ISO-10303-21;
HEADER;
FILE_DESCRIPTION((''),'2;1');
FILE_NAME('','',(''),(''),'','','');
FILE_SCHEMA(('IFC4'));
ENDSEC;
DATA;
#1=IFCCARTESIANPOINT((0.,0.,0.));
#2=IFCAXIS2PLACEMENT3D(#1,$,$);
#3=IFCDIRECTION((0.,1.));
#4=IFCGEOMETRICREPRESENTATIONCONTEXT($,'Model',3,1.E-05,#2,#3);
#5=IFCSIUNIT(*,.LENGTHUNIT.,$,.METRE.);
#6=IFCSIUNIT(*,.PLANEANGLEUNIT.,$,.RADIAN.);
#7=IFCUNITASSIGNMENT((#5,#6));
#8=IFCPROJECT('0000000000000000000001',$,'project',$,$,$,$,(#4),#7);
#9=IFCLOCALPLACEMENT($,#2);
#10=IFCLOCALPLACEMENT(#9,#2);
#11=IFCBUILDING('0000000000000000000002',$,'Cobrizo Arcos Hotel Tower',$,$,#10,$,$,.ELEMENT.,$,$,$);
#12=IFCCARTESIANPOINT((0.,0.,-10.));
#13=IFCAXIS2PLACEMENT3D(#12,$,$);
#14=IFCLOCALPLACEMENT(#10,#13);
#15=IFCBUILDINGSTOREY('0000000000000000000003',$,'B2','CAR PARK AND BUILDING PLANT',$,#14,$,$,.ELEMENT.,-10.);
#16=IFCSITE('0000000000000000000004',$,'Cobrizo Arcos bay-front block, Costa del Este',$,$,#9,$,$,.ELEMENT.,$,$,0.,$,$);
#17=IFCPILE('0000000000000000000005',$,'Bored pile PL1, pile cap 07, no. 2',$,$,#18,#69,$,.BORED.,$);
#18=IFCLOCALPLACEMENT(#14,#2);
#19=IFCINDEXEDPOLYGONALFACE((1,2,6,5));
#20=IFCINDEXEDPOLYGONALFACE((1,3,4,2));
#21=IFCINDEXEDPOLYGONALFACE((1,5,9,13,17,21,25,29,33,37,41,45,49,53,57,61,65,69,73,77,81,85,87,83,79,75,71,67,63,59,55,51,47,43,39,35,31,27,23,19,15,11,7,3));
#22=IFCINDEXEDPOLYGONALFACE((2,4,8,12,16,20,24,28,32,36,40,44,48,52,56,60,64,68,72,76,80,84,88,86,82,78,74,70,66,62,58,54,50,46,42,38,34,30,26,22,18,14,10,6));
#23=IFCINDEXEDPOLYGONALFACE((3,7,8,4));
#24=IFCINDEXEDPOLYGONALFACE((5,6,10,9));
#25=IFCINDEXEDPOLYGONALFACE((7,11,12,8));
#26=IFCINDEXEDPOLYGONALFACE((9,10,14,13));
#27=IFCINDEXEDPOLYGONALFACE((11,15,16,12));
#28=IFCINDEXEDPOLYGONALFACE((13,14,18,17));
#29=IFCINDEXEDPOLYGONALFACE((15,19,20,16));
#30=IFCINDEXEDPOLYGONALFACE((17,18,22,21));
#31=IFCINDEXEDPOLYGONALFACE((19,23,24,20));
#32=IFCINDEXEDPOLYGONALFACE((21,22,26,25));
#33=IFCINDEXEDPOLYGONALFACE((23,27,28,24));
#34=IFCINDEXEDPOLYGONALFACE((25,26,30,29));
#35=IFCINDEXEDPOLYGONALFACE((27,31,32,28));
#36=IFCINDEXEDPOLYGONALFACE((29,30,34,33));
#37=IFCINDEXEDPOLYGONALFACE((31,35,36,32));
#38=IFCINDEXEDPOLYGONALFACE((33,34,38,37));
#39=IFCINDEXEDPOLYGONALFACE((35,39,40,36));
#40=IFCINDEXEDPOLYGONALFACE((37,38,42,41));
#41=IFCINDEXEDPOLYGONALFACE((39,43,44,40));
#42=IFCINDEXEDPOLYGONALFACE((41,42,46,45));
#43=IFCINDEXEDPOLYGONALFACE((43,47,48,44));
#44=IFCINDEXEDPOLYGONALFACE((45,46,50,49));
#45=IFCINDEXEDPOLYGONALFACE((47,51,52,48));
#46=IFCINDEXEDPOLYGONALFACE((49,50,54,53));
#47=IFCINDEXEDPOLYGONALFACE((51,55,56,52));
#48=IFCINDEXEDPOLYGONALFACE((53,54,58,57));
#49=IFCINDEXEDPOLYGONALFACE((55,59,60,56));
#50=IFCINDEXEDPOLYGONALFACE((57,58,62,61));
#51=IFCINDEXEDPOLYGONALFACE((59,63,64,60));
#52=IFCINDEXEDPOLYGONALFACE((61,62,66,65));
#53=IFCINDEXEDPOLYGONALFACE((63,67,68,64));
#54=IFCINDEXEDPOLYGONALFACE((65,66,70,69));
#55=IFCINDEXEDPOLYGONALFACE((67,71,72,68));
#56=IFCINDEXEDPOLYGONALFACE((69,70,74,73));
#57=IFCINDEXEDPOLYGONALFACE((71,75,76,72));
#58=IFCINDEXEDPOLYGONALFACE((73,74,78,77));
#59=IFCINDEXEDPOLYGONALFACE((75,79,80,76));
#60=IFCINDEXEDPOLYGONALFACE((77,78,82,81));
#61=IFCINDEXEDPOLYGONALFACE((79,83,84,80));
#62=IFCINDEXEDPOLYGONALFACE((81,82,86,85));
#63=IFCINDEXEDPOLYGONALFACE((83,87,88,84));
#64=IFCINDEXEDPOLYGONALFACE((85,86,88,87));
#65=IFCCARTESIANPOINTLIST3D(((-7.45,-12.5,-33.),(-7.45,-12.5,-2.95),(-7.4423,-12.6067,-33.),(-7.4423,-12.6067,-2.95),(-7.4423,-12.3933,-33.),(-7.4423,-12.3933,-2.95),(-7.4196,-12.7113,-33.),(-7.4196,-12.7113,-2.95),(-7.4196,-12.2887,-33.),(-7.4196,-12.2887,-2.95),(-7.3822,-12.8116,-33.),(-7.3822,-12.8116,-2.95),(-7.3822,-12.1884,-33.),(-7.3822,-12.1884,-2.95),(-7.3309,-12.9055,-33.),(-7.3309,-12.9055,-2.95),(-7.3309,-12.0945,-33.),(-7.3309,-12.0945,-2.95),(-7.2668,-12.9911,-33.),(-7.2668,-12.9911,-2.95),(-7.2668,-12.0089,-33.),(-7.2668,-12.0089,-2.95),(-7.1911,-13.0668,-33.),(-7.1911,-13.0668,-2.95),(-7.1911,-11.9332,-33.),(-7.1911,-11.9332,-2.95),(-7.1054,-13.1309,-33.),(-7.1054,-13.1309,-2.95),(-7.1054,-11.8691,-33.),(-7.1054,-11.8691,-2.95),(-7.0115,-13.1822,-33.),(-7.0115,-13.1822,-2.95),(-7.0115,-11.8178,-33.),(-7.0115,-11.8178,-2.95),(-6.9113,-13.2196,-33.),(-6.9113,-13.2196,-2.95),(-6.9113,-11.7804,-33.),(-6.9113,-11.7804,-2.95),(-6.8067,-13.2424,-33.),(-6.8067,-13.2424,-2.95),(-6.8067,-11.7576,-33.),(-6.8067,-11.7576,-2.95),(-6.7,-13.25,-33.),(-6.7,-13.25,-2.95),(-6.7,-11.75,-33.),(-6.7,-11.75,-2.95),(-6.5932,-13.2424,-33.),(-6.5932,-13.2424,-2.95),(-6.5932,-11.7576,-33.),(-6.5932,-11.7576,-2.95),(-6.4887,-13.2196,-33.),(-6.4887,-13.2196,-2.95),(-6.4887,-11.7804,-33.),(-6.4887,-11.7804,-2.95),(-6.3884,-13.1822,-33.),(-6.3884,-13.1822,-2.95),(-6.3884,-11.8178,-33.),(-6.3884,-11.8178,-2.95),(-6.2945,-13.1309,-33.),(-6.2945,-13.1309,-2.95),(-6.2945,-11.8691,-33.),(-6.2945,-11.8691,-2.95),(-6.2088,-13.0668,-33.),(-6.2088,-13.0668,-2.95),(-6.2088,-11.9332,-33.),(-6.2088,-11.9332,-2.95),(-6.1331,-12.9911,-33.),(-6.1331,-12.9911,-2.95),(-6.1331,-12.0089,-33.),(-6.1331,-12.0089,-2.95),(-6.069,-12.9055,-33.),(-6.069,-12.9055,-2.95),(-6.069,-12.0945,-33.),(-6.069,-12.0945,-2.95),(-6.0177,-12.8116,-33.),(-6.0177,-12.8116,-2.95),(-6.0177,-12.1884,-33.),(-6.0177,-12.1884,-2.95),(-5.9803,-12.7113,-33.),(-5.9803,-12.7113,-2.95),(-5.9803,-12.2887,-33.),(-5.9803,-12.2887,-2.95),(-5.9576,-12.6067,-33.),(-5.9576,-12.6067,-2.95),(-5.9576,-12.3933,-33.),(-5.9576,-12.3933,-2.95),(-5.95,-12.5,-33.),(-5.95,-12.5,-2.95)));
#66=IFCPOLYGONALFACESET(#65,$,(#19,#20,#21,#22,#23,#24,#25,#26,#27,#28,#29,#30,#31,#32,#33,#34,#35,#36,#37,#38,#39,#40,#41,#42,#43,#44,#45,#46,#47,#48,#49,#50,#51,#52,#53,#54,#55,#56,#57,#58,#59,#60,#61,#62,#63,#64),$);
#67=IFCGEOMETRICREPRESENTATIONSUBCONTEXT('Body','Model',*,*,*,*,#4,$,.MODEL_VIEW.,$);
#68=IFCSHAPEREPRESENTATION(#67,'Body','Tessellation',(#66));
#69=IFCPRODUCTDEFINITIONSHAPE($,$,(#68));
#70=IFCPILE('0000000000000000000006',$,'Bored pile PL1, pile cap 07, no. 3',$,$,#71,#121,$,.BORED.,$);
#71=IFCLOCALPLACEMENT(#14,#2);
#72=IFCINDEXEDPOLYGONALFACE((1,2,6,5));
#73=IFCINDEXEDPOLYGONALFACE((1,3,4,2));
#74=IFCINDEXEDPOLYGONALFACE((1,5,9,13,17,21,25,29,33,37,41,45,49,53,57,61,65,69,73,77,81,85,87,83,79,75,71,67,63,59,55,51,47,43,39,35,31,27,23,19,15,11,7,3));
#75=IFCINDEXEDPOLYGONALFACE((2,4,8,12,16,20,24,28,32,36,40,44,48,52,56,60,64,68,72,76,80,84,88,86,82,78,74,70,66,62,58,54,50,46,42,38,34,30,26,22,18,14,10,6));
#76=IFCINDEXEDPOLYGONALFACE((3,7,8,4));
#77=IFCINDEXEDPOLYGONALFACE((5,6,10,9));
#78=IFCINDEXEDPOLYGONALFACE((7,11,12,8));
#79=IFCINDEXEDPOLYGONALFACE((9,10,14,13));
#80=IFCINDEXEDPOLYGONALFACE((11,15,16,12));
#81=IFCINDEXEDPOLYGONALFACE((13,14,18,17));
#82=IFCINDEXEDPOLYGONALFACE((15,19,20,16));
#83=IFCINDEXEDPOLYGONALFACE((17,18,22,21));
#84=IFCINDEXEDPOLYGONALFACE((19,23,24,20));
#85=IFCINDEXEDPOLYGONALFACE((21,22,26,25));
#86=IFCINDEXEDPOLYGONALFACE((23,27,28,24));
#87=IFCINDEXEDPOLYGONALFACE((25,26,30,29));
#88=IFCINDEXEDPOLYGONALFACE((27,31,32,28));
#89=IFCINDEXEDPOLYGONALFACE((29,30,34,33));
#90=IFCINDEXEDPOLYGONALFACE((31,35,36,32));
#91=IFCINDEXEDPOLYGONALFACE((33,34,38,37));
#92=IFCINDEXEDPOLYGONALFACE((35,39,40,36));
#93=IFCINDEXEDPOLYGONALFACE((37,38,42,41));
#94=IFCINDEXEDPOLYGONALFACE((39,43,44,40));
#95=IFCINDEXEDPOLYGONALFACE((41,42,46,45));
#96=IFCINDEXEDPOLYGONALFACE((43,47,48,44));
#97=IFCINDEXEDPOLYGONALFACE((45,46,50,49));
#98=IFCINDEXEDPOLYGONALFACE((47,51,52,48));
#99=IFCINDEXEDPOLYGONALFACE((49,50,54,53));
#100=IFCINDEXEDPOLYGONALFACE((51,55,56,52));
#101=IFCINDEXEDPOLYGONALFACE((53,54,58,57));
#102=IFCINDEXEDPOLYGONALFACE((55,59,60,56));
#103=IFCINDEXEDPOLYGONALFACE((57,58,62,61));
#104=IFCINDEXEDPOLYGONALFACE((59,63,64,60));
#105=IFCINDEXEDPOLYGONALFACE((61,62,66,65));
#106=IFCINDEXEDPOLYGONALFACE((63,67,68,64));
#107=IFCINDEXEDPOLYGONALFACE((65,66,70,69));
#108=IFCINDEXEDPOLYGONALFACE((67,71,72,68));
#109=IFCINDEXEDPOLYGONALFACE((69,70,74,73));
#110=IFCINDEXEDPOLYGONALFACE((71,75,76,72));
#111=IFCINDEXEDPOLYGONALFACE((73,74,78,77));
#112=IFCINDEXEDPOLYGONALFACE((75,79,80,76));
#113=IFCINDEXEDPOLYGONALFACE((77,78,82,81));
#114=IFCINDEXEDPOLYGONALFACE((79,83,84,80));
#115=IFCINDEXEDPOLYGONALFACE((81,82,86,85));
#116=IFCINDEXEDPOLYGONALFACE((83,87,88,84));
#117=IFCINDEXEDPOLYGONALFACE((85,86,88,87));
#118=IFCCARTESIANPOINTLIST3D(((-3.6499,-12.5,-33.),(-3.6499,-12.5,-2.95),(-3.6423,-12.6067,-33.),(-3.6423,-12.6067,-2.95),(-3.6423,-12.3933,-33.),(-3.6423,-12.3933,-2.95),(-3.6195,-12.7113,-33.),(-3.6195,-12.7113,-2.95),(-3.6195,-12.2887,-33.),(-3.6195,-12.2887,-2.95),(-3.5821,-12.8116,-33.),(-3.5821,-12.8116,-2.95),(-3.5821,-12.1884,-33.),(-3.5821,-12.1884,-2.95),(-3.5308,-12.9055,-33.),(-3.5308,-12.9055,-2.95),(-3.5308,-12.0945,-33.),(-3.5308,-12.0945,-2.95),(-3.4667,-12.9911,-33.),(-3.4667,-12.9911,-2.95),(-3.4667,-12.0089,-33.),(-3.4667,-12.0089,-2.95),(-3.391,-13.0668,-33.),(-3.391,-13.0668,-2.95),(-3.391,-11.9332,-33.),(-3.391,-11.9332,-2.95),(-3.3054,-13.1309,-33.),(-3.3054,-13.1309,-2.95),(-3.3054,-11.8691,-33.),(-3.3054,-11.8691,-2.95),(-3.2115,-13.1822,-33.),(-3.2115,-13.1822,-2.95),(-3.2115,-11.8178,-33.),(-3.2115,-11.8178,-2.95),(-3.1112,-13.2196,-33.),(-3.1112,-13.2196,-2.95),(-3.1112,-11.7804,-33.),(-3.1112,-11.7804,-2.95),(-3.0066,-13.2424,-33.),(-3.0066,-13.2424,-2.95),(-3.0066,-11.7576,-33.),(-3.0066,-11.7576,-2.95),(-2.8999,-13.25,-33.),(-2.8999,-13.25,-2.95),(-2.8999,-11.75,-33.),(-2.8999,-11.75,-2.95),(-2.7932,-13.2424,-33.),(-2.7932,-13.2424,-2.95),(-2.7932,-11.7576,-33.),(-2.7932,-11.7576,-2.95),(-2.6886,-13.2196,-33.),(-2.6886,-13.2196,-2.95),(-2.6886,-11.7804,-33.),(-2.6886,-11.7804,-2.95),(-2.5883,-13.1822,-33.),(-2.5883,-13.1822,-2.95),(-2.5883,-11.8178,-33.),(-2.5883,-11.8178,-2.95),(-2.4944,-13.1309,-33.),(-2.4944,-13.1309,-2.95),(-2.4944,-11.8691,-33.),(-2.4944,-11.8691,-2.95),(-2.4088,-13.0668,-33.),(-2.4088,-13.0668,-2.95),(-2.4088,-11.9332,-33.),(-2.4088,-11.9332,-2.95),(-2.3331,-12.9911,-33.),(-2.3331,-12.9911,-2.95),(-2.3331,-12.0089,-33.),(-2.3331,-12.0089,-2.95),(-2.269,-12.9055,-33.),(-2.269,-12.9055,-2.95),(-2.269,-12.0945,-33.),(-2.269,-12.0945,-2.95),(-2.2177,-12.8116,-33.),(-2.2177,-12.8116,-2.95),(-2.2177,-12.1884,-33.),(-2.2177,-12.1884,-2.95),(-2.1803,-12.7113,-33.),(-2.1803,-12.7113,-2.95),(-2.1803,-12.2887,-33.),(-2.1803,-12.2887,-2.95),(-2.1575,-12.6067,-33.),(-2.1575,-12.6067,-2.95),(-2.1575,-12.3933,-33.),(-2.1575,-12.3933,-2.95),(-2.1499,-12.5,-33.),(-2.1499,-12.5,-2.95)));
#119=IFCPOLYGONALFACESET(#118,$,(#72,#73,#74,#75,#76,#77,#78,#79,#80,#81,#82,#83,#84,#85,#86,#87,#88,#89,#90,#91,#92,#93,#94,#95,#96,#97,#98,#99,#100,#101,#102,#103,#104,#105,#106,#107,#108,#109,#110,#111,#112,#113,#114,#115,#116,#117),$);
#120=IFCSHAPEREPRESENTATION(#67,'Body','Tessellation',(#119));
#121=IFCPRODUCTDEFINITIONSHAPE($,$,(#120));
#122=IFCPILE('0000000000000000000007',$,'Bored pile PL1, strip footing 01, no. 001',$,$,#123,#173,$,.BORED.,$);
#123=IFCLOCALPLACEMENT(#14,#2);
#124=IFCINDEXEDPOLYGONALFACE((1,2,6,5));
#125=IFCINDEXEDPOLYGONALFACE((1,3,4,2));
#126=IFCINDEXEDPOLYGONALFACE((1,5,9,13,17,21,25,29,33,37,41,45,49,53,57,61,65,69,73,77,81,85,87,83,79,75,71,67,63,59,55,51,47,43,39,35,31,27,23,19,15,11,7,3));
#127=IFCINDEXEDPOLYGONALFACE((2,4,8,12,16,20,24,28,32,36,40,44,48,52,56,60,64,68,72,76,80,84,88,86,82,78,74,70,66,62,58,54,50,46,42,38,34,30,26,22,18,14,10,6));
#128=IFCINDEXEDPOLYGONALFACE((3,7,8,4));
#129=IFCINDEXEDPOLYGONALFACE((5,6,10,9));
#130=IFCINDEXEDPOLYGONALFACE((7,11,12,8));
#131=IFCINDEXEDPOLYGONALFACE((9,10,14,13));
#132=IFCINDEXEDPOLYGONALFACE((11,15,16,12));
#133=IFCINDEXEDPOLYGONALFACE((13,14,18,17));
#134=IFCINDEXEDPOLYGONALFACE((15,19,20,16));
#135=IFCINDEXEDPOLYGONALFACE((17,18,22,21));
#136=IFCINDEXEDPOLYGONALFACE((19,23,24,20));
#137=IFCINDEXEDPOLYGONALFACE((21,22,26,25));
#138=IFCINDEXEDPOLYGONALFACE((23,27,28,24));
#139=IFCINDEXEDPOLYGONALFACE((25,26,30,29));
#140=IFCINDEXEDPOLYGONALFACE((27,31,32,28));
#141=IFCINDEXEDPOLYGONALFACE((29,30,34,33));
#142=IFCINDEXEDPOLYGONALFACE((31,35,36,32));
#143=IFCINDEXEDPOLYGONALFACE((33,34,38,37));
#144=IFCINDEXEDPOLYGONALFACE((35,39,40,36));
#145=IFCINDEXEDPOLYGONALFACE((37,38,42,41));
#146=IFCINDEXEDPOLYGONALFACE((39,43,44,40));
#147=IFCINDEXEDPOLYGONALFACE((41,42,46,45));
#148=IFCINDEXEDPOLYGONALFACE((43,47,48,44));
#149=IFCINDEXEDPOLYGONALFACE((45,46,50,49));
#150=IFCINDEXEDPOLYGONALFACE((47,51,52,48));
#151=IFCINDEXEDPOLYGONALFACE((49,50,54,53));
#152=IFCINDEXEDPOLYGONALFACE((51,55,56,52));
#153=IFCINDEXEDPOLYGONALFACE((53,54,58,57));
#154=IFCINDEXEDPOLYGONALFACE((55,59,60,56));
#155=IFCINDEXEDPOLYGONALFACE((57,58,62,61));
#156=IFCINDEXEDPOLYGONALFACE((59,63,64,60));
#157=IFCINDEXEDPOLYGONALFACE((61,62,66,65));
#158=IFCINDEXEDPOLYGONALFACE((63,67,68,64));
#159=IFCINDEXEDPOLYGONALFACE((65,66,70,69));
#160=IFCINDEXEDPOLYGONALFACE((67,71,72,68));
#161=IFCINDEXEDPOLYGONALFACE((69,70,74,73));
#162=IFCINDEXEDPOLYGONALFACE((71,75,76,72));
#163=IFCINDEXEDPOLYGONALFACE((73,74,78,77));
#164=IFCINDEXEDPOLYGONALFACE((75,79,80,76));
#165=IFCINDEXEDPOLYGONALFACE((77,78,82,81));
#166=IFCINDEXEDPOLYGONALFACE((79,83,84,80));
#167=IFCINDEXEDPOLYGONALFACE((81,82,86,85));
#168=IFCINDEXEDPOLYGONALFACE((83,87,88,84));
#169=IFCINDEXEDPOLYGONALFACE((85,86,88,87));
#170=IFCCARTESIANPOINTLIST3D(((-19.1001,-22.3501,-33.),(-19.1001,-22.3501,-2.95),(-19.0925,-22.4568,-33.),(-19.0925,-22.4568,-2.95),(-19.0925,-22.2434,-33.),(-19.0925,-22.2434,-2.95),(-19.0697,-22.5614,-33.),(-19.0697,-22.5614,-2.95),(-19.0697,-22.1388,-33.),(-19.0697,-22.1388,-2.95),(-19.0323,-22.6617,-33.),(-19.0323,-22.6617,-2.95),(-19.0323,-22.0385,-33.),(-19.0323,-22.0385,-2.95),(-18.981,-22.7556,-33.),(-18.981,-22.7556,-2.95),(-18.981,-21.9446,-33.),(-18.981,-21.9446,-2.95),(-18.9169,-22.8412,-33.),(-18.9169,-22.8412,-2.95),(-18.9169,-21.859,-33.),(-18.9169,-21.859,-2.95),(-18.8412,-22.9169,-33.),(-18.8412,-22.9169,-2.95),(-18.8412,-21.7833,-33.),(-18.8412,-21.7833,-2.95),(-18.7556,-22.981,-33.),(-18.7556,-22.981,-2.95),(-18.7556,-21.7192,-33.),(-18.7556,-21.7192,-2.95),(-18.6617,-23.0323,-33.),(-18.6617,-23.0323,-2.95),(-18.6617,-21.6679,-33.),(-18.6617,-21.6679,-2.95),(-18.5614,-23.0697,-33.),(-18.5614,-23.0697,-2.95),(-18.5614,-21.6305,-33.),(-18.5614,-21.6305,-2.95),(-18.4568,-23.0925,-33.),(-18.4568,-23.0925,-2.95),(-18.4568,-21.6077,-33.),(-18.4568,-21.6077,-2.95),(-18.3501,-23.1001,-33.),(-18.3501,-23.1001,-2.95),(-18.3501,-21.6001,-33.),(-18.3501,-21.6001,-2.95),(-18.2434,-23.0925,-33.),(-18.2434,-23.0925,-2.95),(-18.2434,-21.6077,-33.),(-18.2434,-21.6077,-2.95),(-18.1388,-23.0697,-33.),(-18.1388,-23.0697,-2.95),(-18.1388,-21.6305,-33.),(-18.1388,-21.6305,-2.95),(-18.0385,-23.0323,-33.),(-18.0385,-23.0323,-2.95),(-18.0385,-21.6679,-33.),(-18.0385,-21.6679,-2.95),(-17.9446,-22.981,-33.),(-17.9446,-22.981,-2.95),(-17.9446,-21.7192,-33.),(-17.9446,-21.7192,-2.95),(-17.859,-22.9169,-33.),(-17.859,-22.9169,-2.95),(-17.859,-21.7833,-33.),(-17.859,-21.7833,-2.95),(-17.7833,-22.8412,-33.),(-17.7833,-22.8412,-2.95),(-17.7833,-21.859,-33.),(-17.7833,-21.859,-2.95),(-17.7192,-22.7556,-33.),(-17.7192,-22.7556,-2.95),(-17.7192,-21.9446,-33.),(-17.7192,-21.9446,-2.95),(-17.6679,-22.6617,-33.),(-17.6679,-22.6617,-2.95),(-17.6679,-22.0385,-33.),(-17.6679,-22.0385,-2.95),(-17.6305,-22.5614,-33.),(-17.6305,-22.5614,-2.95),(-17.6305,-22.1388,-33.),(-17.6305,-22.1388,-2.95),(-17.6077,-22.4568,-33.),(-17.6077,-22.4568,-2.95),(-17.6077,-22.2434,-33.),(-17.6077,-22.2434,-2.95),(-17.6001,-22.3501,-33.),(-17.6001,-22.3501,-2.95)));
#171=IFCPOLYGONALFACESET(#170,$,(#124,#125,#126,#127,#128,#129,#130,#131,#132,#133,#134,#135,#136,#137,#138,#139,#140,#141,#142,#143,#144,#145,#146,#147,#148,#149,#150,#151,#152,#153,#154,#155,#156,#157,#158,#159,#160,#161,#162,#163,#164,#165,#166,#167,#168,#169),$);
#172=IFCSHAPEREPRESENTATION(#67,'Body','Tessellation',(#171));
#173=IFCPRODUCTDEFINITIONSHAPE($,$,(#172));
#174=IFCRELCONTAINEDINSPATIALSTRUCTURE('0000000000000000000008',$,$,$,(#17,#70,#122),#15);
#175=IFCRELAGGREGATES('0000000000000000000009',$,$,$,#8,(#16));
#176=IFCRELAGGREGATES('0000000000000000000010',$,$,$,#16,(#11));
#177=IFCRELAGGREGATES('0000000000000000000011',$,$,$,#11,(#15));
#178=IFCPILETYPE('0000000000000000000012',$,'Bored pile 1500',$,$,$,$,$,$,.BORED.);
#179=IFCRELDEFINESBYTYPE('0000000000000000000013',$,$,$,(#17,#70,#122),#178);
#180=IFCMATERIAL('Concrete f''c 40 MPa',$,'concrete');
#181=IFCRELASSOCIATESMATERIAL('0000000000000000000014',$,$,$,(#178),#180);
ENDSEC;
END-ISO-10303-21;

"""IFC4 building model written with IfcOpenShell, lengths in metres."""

from ifc_helpers import new_model, si_unit, direction, frame, origin, origin_2d, place, context, subcontext, project, spatial, circle, extrude, material, material_profile, profile_set, type_object, element, save


model = new_model("IFC4")

# Units and contexts
model_context = context("Model", 3, precision=1e-05, world=origin(), true_north=direction((0.0, 1.0)))
body_context = subcontext(model_context, "Body", "Model", "MODEL_VIEW")
ifc_project = project(units=[si_unit("LENGTHUNIT", "METRE"), si_unit("PLANEANGLEUNIT", "RADIAN")], contexts=[model_context])

# Site, building, storey
site_placement = place(None, origin())
site = spatial("IfcSite", under=ifc_project, at=site_placement, Name="Cobrizo Arcos bay-front block, Costa del Este", CompositionType="ELEMENT", RefElevation=0.0)
building_placement = place(site_placement, origin())
building = spatial("IfcBuilding", under=site, at=building_placement, Name="Cobrizo Arcos Hotel Tower", CompositionType="ELEMENT")
storey_placement = place(building_placement, frame((0.0, 0.0, -10.0)))
storey = spatial("IfcBuildingStorey", under=building, at=storey_placement, Name="B2", Description="CAR PARK AND BUILDING PLANT", CompositionType="ELEMENT", Elevation=-10.0)

# Piles
ifc_material_1 = material(Name="Concrete f'c 40 MPa", Category="concrete")
ifc_material_profile_1 = material_profile(ifc_material_1, circle(Radius=0.75, at=origin_2d()), Name="BORED PILE 1500")
ifc_profile_set_1 = profile_set([ifc_material_profile_1], Name="Concrete f'c 40 MPa")
pile_type = type_object("IfcPileType", Name="Bored pile 1500", PredefinedType="BORED", material=ifc_profile_set_1)
for number, where, z_axis, x_axis, name in (
    (1, (-6.7, -12.5, -2.95), (0.0, 0.0, -1.0), (1.0, 0.0, 0.0), "Bored pile PL1, pile cap 07, no. 2"),
    (2, (-2.8999, -12.5, -2.95), (0.0, 0.0, -1.0), (1.0, 0.0, 0.0), "Bored pile PL1, pile cap 07, no. 3"),
    (3, (-18.3501, -22.3501, -2.95), (0.0, 0.0, -1.0), (1.0, 0.0, 0.0), "Bored pile PL1, strip footing 01, no. 001"),
):
    element("IfcPile", number, at=place(storey_placement, frame(where, z_axis=z_axis, x_axis=x_axis)), inside=storey, type_object=pile_type, Name=name, PredefinedType="BORED", context=body_context, shape_type="SweptSolid", body=[
        extrude(circle(Radius=0.75, at=origin_2d()), origin(), (0.0, 0.0, 1.0), 30.05),
    ])

save(model, "model.ifc")
